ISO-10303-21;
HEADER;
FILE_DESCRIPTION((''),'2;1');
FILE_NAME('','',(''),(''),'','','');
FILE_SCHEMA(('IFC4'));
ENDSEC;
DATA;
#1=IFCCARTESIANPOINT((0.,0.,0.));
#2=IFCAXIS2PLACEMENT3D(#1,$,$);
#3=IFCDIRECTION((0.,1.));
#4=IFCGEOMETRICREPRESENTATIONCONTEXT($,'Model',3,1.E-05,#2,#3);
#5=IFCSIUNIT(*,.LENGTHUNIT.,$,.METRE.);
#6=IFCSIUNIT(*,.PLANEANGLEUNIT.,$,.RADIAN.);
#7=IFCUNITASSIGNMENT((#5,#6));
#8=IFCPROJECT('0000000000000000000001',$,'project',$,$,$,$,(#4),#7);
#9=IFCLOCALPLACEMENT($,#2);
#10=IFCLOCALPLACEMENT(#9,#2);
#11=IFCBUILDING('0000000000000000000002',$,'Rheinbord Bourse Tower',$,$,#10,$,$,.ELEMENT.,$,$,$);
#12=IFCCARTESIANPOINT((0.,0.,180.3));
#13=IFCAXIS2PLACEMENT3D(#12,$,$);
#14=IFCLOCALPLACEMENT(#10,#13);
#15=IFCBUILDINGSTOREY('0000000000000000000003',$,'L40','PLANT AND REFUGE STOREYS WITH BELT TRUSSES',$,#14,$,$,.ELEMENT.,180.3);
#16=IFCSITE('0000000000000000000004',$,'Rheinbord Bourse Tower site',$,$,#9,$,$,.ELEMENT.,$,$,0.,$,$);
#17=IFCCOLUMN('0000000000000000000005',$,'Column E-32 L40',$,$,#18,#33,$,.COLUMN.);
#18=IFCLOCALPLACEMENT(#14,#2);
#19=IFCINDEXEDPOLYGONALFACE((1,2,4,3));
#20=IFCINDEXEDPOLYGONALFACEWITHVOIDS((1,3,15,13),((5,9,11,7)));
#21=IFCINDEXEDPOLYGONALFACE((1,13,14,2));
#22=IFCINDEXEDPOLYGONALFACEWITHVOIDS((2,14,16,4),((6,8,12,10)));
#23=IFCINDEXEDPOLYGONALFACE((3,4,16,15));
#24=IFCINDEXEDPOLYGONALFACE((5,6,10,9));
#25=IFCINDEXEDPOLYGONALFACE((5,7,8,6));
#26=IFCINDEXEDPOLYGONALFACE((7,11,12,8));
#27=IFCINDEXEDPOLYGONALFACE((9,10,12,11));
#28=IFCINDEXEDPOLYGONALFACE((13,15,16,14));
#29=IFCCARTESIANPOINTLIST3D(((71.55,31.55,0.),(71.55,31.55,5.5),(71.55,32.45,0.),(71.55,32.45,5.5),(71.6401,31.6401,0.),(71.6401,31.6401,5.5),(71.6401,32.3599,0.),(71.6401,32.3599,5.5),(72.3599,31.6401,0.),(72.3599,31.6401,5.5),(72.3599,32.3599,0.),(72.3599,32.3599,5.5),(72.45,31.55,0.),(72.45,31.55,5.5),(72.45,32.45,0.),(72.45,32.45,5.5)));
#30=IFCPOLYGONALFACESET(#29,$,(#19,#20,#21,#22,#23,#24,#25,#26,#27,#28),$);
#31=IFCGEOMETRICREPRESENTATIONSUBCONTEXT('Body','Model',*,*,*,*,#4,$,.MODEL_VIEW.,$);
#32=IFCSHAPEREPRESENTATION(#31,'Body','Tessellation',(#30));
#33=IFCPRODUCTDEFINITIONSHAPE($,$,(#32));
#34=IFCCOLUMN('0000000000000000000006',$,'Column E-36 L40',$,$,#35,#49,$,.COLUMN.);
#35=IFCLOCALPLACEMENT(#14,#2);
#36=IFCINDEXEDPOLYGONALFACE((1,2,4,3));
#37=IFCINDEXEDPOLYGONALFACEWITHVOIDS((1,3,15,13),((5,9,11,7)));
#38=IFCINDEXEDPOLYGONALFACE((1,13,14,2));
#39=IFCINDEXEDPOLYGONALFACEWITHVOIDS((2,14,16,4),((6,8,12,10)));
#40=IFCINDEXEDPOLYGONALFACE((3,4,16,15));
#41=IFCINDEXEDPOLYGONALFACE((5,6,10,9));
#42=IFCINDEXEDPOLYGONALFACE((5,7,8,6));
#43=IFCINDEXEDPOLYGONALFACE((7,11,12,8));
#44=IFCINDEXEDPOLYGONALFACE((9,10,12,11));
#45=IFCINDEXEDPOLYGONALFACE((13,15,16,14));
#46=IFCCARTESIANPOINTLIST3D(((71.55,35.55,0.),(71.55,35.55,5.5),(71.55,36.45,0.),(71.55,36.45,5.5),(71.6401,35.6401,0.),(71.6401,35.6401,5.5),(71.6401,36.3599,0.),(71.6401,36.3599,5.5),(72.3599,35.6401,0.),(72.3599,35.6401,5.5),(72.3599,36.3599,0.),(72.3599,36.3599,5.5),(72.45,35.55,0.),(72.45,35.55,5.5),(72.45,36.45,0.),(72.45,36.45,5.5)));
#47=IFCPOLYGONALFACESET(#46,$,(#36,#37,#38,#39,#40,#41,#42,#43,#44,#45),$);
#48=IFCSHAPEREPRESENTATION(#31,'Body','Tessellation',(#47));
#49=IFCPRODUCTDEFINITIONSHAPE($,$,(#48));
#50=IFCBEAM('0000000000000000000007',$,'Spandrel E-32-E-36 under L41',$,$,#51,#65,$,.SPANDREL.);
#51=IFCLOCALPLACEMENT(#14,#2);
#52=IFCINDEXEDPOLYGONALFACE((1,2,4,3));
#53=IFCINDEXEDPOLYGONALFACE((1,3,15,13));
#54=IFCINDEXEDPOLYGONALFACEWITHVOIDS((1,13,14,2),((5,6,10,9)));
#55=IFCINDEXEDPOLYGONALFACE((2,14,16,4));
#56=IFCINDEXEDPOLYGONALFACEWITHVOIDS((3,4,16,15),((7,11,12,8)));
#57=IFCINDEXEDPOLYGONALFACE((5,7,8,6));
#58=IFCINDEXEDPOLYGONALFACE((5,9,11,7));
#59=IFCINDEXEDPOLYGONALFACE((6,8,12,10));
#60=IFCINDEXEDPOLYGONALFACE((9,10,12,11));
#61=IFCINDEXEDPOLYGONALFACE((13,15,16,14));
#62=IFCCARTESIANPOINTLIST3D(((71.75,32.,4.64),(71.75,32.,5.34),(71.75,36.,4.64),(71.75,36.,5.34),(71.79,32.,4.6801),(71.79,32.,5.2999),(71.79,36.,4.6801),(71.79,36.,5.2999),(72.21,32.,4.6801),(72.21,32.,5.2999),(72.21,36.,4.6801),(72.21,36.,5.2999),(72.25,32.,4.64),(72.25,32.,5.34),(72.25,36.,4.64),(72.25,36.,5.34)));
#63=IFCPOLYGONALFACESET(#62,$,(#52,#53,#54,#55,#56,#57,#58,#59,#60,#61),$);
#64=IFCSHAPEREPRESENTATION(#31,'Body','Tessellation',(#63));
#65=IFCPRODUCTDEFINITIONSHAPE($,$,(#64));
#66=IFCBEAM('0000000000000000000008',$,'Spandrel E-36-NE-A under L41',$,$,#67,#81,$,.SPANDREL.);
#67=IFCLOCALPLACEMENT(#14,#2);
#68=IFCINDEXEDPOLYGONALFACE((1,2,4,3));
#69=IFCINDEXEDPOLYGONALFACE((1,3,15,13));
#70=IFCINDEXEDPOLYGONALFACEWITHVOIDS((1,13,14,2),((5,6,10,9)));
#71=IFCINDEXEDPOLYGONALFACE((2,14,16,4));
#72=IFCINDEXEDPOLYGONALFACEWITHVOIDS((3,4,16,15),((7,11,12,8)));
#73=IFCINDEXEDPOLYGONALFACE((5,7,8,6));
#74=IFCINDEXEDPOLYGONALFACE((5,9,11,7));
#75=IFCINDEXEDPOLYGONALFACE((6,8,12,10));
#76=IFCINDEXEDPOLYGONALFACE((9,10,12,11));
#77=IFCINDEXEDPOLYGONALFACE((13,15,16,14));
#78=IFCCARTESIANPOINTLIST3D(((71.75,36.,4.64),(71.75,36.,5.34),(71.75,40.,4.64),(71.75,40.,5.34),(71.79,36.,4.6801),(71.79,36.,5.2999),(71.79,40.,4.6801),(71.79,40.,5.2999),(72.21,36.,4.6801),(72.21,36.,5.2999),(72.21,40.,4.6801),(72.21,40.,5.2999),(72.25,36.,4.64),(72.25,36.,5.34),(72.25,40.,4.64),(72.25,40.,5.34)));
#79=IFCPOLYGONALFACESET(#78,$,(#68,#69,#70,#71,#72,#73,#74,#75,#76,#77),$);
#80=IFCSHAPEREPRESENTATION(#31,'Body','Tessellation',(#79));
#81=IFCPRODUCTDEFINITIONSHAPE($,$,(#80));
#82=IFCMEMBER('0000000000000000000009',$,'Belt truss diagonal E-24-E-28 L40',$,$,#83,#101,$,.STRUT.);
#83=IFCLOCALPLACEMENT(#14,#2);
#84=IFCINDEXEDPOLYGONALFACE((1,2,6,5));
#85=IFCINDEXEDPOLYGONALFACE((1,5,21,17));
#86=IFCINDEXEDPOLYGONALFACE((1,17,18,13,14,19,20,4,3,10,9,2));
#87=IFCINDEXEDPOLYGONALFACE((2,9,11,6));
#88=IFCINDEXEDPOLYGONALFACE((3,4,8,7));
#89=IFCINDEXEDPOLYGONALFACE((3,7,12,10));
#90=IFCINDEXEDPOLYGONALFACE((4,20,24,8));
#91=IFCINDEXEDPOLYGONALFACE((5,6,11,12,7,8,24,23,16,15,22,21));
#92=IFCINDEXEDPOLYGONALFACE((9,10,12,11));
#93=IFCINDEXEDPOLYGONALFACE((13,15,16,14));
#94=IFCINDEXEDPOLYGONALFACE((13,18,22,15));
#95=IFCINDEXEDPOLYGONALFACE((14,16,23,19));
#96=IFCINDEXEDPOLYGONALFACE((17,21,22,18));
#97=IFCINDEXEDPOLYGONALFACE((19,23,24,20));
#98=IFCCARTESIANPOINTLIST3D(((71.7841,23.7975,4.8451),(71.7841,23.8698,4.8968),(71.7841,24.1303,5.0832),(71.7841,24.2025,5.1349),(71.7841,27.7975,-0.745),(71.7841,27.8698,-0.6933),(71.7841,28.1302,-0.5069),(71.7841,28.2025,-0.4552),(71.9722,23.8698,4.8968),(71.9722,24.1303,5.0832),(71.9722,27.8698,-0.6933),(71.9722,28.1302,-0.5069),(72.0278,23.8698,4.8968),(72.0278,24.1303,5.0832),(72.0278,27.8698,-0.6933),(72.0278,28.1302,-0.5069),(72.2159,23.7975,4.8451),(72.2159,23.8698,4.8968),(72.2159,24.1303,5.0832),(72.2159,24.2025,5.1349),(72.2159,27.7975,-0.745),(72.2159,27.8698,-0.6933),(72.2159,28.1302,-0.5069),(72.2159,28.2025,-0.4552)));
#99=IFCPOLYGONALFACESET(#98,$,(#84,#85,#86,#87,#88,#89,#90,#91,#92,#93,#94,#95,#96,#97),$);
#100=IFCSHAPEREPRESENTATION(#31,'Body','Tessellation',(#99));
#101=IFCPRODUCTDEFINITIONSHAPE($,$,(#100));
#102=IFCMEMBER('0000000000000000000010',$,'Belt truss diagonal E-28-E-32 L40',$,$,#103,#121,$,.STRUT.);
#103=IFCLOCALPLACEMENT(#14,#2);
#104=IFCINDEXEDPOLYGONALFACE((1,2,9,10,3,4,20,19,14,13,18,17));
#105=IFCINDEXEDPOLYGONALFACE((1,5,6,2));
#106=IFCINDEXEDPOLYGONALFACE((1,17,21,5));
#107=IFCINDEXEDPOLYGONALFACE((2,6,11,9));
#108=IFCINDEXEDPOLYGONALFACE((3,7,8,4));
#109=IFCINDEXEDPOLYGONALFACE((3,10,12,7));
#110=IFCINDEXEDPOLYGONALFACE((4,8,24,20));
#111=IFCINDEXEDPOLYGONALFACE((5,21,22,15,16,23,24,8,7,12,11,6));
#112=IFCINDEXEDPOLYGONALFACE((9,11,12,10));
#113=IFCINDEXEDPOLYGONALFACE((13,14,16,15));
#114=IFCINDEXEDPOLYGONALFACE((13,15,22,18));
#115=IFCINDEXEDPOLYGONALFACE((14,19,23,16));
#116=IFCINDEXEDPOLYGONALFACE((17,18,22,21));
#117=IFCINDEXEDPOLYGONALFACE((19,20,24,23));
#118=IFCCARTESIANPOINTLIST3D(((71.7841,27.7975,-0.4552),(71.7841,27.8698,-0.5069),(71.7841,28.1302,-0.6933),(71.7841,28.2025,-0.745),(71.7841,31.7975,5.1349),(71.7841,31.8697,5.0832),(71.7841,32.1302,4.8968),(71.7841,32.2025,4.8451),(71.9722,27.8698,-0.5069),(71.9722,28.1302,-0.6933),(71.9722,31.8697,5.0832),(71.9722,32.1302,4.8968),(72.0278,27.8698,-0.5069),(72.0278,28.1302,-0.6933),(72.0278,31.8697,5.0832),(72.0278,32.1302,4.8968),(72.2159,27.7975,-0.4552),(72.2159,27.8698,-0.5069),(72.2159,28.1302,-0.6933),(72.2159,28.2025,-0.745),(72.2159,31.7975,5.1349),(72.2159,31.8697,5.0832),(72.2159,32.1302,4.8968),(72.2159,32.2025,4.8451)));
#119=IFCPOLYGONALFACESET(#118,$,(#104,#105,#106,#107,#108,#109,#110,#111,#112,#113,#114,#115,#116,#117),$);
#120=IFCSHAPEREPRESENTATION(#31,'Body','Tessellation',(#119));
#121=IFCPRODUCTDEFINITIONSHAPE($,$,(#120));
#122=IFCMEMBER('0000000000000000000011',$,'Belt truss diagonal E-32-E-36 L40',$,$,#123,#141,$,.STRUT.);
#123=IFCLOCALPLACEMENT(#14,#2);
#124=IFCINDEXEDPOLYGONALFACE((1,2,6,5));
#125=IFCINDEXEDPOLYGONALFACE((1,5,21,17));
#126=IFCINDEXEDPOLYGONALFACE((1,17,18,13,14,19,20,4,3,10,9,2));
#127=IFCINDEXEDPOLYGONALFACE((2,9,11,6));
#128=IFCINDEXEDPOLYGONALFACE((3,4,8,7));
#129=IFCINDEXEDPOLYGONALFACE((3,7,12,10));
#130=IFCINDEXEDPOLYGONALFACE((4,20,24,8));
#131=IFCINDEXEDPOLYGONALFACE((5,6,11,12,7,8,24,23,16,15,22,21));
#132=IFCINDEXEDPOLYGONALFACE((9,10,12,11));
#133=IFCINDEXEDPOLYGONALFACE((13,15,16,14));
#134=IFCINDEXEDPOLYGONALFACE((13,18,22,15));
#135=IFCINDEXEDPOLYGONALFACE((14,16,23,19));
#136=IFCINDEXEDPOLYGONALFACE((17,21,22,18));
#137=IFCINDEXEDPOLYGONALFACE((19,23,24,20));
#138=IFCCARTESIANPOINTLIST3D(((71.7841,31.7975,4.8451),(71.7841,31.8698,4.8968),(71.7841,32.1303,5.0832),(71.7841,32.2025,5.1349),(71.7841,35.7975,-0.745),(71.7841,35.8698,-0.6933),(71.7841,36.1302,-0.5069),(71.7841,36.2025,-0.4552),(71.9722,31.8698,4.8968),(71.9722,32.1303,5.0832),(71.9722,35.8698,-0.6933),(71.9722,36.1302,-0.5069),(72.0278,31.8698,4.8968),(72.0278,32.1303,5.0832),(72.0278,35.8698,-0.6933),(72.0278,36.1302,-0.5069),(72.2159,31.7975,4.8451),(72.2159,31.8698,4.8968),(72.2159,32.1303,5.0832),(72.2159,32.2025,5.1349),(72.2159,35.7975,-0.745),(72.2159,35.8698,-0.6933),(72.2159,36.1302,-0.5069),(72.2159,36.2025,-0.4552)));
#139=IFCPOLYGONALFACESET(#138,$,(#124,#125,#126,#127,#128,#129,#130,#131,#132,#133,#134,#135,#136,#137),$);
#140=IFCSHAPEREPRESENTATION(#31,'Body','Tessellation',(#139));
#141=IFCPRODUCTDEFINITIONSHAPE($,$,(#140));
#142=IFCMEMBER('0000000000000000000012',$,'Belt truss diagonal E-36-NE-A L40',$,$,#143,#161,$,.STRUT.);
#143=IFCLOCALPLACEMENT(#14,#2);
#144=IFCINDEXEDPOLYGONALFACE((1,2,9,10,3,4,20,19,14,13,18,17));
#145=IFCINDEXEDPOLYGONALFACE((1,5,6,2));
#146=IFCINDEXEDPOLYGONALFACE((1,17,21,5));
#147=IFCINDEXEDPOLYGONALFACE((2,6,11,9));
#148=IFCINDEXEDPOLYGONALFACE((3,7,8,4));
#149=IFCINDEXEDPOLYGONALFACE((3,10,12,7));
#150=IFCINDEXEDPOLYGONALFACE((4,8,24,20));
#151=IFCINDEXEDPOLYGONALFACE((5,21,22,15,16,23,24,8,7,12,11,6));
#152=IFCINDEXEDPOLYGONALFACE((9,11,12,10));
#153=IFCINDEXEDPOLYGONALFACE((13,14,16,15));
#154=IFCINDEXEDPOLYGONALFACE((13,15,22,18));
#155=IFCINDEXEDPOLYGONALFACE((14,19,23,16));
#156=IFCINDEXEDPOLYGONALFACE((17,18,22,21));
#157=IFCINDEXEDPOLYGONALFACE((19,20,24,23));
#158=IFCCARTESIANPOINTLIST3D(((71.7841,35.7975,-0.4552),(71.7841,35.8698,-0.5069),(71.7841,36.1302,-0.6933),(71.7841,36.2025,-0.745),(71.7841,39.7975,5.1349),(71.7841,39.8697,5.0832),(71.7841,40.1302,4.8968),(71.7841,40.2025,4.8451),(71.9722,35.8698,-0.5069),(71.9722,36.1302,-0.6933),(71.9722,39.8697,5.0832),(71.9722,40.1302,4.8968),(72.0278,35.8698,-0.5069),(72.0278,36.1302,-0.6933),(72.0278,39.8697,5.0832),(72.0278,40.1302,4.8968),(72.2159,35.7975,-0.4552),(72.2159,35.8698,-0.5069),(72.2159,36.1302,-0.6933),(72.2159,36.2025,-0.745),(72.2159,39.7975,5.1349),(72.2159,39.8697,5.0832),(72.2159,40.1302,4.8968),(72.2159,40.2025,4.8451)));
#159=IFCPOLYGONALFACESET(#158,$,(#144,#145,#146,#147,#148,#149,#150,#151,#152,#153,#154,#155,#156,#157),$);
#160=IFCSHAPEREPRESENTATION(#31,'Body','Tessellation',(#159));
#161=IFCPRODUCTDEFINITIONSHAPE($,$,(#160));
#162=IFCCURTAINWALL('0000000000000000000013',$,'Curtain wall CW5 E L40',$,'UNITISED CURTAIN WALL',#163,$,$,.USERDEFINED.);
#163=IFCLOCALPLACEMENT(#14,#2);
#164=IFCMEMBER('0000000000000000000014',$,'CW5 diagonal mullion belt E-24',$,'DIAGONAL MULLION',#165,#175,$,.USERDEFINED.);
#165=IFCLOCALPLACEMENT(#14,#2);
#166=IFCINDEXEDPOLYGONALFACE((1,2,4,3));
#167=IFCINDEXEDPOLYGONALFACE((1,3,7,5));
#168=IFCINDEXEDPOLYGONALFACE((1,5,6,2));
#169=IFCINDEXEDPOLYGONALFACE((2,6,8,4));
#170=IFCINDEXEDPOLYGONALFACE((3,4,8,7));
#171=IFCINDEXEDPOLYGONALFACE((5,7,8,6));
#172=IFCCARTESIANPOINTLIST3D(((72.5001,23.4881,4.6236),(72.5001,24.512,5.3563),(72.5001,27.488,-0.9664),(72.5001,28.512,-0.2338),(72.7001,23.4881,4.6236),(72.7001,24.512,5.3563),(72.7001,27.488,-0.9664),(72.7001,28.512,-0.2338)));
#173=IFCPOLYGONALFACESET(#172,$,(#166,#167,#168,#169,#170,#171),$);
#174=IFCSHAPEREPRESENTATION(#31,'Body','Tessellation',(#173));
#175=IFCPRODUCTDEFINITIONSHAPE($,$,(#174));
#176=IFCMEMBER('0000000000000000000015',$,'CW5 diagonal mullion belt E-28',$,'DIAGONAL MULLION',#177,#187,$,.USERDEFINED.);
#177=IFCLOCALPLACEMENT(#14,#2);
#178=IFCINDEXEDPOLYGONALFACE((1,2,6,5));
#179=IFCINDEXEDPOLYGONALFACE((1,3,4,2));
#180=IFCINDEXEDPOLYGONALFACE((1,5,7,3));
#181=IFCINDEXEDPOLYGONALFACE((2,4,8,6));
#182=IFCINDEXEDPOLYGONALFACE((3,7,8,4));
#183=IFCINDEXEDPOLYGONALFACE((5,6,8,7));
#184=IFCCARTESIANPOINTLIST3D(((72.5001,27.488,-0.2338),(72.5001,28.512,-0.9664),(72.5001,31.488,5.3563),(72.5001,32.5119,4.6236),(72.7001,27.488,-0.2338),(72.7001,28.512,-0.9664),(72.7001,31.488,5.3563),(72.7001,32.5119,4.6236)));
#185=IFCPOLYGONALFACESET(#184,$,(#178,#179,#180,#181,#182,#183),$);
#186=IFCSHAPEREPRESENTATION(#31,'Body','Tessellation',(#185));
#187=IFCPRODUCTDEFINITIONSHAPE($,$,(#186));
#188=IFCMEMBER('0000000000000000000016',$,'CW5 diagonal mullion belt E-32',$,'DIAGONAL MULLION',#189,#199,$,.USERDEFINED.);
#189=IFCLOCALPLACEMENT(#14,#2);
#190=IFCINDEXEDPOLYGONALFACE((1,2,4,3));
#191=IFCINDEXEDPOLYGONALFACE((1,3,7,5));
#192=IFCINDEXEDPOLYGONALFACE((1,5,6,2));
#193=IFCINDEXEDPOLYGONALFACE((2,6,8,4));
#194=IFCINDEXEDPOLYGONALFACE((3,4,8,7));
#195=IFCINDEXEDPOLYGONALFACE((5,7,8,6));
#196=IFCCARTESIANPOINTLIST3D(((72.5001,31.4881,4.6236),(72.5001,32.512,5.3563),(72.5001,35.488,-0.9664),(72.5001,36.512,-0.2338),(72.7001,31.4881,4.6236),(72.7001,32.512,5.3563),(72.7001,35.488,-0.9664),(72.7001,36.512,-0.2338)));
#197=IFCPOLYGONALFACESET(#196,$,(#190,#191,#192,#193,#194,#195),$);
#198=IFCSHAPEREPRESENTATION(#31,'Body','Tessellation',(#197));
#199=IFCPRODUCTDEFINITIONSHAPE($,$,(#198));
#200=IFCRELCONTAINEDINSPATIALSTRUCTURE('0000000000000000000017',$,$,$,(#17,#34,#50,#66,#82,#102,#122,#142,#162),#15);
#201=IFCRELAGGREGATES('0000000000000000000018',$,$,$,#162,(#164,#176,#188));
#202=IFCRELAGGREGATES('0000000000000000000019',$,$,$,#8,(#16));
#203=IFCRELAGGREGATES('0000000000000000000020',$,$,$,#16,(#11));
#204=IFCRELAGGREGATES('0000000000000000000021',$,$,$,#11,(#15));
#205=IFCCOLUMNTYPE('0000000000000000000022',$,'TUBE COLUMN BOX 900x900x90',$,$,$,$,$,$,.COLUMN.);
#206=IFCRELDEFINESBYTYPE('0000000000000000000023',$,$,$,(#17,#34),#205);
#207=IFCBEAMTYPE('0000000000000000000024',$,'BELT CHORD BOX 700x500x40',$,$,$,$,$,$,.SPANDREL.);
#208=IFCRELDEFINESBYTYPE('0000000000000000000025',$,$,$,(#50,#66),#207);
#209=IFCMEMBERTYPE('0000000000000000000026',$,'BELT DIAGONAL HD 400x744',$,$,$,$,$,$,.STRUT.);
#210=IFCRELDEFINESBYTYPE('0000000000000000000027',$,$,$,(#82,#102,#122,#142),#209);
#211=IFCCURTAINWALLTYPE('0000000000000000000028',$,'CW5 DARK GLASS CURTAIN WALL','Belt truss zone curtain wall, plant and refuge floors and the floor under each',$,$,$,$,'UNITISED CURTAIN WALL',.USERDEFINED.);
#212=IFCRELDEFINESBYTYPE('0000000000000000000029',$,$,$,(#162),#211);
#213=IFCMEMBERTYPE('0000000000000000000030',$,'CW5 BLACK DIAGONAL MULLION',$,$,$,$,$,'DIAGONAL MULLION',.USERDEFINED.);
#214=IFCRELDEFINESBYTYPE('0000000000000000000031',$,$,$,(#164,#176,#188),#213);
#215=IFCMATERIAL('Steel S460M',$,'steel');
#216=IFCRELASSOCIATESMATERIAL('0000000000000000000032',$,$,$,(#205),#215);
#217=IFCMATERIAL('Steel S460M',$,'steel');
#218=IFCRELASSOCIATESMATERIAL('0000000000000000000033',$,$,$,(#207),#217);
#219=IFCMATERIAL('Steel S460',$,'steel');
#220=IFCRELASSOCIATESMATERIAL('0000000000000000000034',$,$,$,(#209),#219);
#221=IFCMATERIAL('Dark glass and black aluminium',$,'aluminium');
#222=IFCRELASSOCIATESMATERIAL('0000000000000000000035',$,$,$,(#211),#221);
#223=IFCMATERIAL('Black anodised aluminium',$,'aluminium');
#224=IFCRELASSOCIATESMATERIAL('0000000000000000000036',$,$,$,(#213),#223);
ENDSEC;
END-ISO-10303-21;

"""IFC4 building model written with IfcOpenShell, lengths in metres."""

from ifc_helpers import new_model, si_unit, direction, frame, origin, origin_2d, place, context, subcontext, project, spatial, rectangle, hollow_rectangle, i_section, extrude, material, material_profile, profile_set, type_object, element, aggregate, save


model = new_model("IFC4")

# Units and contexts
model_context = context("Model", 3, precision=1e-05, world=origin(), true_north=direction((0.0, 1.0)))
body_context = subcontext(model_context, "Body", "Model", "MODEL_VIEW")
ifc_project = project(units=[si_unit("LENGTHUNIT", "METRE"), si_unit("PLANEANGLEUNIT", "RADIAN")], contexts=[model_context])

# Site, building, storey
site_placement = place(None, origin())
site = spatial("IfcSite", under=ifc_project, at=site_placement, Name="Rheinbord Bourse Tower site", CompositionType="ELEMENT", RefElevation=0.0)
building_placement = place(site_placement, origin())
building = spatial("IfcBuilding", under=site, at=building_placement, Name="Rheinbord Bourse Tower", CompositionType="ELEMENT")
storey_placement = place(building_placement, frame((0.0, 0.0, 180.3)))
storey = spatial("IfcBuildingStorey", under=building, at=storey_placement, Name="L40", Description="PLANT AND REFUGE STOREYS WITH BELT TRUSSES", CompositionType="ELEMENT", Elevation=180.3)

# Columns
ifc_material_1 = material(Name="Steel S460M", Category="steel")
ifc_material_profile_1 = material_profile(ifc_material_1, hollow_rectangle(XDim=0.8999, YDim=0.8999, WallThickness=0.0901, at=origin_2d()), Name="BOX 900x900x90")
ifc_profile_set_1 = profile_set([ifc_material_profile_1], Name="Steel S460M")
column_type = type_object("IfcColumnType", Name="TUBE COLUMN BOX 900x900x90", PredefinedType="COLUMN", material=ifc_profile_set_1)
for number, where, z_axis, x_axis, name in (
    (1, (72.0, 32.0, 0.0), (0.0, 0.0, 1.0), (1.0, 0.0, 0.0), "Column E-32 L40"),
    (2, (72.0, 36.0, 0.0), (0.0, 0.0, 1.0), (1.0, 0.0, 0.0), "Column E-36 L40"),
):
    element("IfcColumn", number, at=place(storey_placement, frame(where, z_axis=z_axis, x_axis=x_axis)), inside=storey, type_object=column_type, Name=name, PredefinedType="COLUMN", context=body_context, shape_type="SweptSolid", body=[
        extrude(hollow_rectangle(XDim=0.8999, YDim=0.8999, WallThickness=0.0901, at=origin_2d()), origin(), (0.0, 0.0, 1.0), 5.5),
    ])

# Beams
ifc_material_2 = material(Name="Steel S460M", Category="steel")
ifc_material_profile_2 = material_profile(ifc_material_2, hollow_rectangle(XDim=0.5, YDim=0.7, WallThickness=0.04, at=origin_2d()), Name="BOX 700x500x40")
ifc_profile_set_2 = profile_set([ifc_material_profile_2], Name="Steel S460M")
beam_type_1 = type_object("IfcBeamType", Name="BELT CHORD BOX 700x500x40", PredefinedType="SPANDREL", material=ifc_profile_set_2)
for number, where, z_axis, x_axis, name in (
    (3, (72.0, 32.0, 4.99), (0.0, 1.0, 0.0), (-1.0, 0.0, 0.0), "Spandrel E-32-E-36 under L41"),
    (4, (72.0, 36.0, 4.99), (0.0, 1.0, 0.0), (-1.0, 0.0, 0.0), "Spandrel E-36-NE-A under L41"),
):
    element("IfcBeam", number, at=place(storey_placement, frame(where, z_axis=z_axis, x_axis=x_axis)), inside=storey, type_object=beam_type_1, Name=name, PredefinedType="SPANDREL", context=body_context, shape_type="SweptSolid", body=[
        extrude(hollow_rectangle(XDim=0.5, YDim=0.7, WallThickness=0.04, at=origin_2d()), origin(), (0.0, 0.0, 1.0), 4.0),
    ])

# Members
ifc_material_3 = material(Name="Steel S460", Category="steel")
ifc_material_profile_3 = material_profile(ifc_material_3, i_section(OverallWidth=0.4319, OverallDepth=0.498, WebThickness=0.0557, FlangeThickness=0.0889, at=origin_2d()), Name="HD 400x744")
ifc_profile_set_3 = profile_set([ifc_material_profile_3], Name="Steel S460")
member_type_1 = type_object("IfcMemberType", Name="BELT DIAGONAL HD 400x744", PredefinedType="STRUT", material=ifc_profile_set_3)
for number, where, z_axis, x_axis, name in (
    (5, (72.0, 28.0, -0.6001), (0.0, -0.58192, 0.813246), (1.0, 0.0, 0.0), "Belt truss diagonal E-24-E-28 L40"),
    (6, (72.0, 28.0, -0.6001), (0.0, 0.58192, 0.813246), (-1.0, 0.0, 0.0), "Belt truss diagonal E-28-E-32 L40"),
    (7, (72.0, 36.0, -0.6001), (0.0, -0.58192, 0.813246), (1.0, 0.0, 0.0), "Belt truss diagonal E-32-E-36 L40"),
    (8, (72.0, 36.0, -0.6001), (0.0, 0.58192, 0.813246), (-1.0, 0.0, 0.0), "Belt truss diagonal E-36-NE-A L40"),
):
    element("IfcMember", number, at=place(storey_placement, frame(where, z_axis=z_axis, x_axis=x_axis)), inside=storey, type_object=member_type_1, Name=name, PredefinedType="STRUT", context=body_context, shape_type="SweptSolid", body=[
        extrude(i_section(OverallWidth=0.4319, OverallDepth=0.498, WebThickness=0.0557, FlangeThickness=0.0889, at=origin_2d()), origin(), (0.0, 0.0, 1.0), 6.8738),
    ])

# Curtain wall, members
ifc_material_4 = material(Name="Dark glass and black aluminium", Category="aluminium")
curtain_wall_type = type_object("IfcCurtainWallType", Name="CW5 DARK GLASS CURTAIN WALL", Description="Belt truss zone curtain wall, plant and refuge floors and the floor under each", ElementType="UNITISED CURTAIN WALL", PredefinedType="USERDEFINED", material=ifc_material_4)
curtain_wall_placement = place(storey_placement, origin())
curtain_wall = element("IfcCurtainWall", 9, at=curtain_wall_placement, inside=storey, type_object=curtain_wall_type, Name="Curtain wall CW5 E L40", ObjectType="UNITISED CURTAIN WALL", PredefinedType="USERDEFINED")
ifc_material_5 = material(Name="Black anodised aluminium", Category="aluminium")
ifc_material_profile_4 = material_profile(ifc_material_5, rectangle(XDim=0.2, YDim=1.259, at=origin_2d()), Name="CW5 DIAGONAL MULLION 1259x200")
ifc_profile_set_4 = profile_set([ifc_material_profile_4], Name="Black anodised aluminium")
member_type_2 = type_object("IfcMemberType", Name="CW5 BLACK DIAGONAL MULLION", ElementType="DIAGONAL MULLION", PredefinedType="USERDEFINED", material=ifc_profile_set_4)
member_1_placement = place(storey_placement, frame((72.6001, 28.0, -0.6001), z_axis=(0.0, -0.58192, 0.813246), x_axis=(1.0, 0.0, 0.0)))
member_1 = element("IfcMember", 10, at=member_1_placement, type_object=member_type_2, Name="CW5 diagonal mullion belt E-24", ObjectType="DIAGONAL MULLION", PredefinedType="USERDEFINED", context=body_context, shape_type="SweptSolid", body=[
    extrude(rectangle(XDim=0.2, YDim=1.259, at=origin_2d()), origin(), (0.0, 0.0, 1.0), 6.8738),
])
member_2_placement = place(storey_placement, frame((72.6001, 28.0, -0.6001), z_axis=(0.0, 0.58192, 0.813246), x_axis=(-1.0, 0.0, 0.0)))
member_2 = element("IfcMember", 11, at=member_2_placement, type_object=member_type_2, Name="CW5 diagonal mullion belt E-28", ObjectType="DIAGONAL MULLION", PredefinedType="USERDEFINED", context=body_context, shape_type="SweptSolid", body=[
    extrude(rectangle(XDim=0.2, YDim=1.259, at=origin_2d()), origin(), (0.0, 0.0, 1.0), 6.8738),
])
member_3_placement = place(storey_placement, frame((72.6001, 36.0, -0.6001), z_axis=(0.0, -0.58192, 0.813246), x_axis=(1.0, 0.0, 0.0)))
member_3 = element("IfcMember", 12, at=member_3_placement, type_object=member_type_2, Name="CW5 diagonal mullion belt E-32", ObjectType="DIAGONAL MULLION", PredefinedType="USERDEFINED", context=body_context, shape_type="SweptSolid", body=[
    extrude(rectangle(XDim=0.2, YDim=1.259, at=origin_2d()), origin(), (0.0, 0.0, 1.0), 6.8738),
])

aggregate(curtain_wall, [member_1, member_2, member_3])

save(model, "model.ifc")
